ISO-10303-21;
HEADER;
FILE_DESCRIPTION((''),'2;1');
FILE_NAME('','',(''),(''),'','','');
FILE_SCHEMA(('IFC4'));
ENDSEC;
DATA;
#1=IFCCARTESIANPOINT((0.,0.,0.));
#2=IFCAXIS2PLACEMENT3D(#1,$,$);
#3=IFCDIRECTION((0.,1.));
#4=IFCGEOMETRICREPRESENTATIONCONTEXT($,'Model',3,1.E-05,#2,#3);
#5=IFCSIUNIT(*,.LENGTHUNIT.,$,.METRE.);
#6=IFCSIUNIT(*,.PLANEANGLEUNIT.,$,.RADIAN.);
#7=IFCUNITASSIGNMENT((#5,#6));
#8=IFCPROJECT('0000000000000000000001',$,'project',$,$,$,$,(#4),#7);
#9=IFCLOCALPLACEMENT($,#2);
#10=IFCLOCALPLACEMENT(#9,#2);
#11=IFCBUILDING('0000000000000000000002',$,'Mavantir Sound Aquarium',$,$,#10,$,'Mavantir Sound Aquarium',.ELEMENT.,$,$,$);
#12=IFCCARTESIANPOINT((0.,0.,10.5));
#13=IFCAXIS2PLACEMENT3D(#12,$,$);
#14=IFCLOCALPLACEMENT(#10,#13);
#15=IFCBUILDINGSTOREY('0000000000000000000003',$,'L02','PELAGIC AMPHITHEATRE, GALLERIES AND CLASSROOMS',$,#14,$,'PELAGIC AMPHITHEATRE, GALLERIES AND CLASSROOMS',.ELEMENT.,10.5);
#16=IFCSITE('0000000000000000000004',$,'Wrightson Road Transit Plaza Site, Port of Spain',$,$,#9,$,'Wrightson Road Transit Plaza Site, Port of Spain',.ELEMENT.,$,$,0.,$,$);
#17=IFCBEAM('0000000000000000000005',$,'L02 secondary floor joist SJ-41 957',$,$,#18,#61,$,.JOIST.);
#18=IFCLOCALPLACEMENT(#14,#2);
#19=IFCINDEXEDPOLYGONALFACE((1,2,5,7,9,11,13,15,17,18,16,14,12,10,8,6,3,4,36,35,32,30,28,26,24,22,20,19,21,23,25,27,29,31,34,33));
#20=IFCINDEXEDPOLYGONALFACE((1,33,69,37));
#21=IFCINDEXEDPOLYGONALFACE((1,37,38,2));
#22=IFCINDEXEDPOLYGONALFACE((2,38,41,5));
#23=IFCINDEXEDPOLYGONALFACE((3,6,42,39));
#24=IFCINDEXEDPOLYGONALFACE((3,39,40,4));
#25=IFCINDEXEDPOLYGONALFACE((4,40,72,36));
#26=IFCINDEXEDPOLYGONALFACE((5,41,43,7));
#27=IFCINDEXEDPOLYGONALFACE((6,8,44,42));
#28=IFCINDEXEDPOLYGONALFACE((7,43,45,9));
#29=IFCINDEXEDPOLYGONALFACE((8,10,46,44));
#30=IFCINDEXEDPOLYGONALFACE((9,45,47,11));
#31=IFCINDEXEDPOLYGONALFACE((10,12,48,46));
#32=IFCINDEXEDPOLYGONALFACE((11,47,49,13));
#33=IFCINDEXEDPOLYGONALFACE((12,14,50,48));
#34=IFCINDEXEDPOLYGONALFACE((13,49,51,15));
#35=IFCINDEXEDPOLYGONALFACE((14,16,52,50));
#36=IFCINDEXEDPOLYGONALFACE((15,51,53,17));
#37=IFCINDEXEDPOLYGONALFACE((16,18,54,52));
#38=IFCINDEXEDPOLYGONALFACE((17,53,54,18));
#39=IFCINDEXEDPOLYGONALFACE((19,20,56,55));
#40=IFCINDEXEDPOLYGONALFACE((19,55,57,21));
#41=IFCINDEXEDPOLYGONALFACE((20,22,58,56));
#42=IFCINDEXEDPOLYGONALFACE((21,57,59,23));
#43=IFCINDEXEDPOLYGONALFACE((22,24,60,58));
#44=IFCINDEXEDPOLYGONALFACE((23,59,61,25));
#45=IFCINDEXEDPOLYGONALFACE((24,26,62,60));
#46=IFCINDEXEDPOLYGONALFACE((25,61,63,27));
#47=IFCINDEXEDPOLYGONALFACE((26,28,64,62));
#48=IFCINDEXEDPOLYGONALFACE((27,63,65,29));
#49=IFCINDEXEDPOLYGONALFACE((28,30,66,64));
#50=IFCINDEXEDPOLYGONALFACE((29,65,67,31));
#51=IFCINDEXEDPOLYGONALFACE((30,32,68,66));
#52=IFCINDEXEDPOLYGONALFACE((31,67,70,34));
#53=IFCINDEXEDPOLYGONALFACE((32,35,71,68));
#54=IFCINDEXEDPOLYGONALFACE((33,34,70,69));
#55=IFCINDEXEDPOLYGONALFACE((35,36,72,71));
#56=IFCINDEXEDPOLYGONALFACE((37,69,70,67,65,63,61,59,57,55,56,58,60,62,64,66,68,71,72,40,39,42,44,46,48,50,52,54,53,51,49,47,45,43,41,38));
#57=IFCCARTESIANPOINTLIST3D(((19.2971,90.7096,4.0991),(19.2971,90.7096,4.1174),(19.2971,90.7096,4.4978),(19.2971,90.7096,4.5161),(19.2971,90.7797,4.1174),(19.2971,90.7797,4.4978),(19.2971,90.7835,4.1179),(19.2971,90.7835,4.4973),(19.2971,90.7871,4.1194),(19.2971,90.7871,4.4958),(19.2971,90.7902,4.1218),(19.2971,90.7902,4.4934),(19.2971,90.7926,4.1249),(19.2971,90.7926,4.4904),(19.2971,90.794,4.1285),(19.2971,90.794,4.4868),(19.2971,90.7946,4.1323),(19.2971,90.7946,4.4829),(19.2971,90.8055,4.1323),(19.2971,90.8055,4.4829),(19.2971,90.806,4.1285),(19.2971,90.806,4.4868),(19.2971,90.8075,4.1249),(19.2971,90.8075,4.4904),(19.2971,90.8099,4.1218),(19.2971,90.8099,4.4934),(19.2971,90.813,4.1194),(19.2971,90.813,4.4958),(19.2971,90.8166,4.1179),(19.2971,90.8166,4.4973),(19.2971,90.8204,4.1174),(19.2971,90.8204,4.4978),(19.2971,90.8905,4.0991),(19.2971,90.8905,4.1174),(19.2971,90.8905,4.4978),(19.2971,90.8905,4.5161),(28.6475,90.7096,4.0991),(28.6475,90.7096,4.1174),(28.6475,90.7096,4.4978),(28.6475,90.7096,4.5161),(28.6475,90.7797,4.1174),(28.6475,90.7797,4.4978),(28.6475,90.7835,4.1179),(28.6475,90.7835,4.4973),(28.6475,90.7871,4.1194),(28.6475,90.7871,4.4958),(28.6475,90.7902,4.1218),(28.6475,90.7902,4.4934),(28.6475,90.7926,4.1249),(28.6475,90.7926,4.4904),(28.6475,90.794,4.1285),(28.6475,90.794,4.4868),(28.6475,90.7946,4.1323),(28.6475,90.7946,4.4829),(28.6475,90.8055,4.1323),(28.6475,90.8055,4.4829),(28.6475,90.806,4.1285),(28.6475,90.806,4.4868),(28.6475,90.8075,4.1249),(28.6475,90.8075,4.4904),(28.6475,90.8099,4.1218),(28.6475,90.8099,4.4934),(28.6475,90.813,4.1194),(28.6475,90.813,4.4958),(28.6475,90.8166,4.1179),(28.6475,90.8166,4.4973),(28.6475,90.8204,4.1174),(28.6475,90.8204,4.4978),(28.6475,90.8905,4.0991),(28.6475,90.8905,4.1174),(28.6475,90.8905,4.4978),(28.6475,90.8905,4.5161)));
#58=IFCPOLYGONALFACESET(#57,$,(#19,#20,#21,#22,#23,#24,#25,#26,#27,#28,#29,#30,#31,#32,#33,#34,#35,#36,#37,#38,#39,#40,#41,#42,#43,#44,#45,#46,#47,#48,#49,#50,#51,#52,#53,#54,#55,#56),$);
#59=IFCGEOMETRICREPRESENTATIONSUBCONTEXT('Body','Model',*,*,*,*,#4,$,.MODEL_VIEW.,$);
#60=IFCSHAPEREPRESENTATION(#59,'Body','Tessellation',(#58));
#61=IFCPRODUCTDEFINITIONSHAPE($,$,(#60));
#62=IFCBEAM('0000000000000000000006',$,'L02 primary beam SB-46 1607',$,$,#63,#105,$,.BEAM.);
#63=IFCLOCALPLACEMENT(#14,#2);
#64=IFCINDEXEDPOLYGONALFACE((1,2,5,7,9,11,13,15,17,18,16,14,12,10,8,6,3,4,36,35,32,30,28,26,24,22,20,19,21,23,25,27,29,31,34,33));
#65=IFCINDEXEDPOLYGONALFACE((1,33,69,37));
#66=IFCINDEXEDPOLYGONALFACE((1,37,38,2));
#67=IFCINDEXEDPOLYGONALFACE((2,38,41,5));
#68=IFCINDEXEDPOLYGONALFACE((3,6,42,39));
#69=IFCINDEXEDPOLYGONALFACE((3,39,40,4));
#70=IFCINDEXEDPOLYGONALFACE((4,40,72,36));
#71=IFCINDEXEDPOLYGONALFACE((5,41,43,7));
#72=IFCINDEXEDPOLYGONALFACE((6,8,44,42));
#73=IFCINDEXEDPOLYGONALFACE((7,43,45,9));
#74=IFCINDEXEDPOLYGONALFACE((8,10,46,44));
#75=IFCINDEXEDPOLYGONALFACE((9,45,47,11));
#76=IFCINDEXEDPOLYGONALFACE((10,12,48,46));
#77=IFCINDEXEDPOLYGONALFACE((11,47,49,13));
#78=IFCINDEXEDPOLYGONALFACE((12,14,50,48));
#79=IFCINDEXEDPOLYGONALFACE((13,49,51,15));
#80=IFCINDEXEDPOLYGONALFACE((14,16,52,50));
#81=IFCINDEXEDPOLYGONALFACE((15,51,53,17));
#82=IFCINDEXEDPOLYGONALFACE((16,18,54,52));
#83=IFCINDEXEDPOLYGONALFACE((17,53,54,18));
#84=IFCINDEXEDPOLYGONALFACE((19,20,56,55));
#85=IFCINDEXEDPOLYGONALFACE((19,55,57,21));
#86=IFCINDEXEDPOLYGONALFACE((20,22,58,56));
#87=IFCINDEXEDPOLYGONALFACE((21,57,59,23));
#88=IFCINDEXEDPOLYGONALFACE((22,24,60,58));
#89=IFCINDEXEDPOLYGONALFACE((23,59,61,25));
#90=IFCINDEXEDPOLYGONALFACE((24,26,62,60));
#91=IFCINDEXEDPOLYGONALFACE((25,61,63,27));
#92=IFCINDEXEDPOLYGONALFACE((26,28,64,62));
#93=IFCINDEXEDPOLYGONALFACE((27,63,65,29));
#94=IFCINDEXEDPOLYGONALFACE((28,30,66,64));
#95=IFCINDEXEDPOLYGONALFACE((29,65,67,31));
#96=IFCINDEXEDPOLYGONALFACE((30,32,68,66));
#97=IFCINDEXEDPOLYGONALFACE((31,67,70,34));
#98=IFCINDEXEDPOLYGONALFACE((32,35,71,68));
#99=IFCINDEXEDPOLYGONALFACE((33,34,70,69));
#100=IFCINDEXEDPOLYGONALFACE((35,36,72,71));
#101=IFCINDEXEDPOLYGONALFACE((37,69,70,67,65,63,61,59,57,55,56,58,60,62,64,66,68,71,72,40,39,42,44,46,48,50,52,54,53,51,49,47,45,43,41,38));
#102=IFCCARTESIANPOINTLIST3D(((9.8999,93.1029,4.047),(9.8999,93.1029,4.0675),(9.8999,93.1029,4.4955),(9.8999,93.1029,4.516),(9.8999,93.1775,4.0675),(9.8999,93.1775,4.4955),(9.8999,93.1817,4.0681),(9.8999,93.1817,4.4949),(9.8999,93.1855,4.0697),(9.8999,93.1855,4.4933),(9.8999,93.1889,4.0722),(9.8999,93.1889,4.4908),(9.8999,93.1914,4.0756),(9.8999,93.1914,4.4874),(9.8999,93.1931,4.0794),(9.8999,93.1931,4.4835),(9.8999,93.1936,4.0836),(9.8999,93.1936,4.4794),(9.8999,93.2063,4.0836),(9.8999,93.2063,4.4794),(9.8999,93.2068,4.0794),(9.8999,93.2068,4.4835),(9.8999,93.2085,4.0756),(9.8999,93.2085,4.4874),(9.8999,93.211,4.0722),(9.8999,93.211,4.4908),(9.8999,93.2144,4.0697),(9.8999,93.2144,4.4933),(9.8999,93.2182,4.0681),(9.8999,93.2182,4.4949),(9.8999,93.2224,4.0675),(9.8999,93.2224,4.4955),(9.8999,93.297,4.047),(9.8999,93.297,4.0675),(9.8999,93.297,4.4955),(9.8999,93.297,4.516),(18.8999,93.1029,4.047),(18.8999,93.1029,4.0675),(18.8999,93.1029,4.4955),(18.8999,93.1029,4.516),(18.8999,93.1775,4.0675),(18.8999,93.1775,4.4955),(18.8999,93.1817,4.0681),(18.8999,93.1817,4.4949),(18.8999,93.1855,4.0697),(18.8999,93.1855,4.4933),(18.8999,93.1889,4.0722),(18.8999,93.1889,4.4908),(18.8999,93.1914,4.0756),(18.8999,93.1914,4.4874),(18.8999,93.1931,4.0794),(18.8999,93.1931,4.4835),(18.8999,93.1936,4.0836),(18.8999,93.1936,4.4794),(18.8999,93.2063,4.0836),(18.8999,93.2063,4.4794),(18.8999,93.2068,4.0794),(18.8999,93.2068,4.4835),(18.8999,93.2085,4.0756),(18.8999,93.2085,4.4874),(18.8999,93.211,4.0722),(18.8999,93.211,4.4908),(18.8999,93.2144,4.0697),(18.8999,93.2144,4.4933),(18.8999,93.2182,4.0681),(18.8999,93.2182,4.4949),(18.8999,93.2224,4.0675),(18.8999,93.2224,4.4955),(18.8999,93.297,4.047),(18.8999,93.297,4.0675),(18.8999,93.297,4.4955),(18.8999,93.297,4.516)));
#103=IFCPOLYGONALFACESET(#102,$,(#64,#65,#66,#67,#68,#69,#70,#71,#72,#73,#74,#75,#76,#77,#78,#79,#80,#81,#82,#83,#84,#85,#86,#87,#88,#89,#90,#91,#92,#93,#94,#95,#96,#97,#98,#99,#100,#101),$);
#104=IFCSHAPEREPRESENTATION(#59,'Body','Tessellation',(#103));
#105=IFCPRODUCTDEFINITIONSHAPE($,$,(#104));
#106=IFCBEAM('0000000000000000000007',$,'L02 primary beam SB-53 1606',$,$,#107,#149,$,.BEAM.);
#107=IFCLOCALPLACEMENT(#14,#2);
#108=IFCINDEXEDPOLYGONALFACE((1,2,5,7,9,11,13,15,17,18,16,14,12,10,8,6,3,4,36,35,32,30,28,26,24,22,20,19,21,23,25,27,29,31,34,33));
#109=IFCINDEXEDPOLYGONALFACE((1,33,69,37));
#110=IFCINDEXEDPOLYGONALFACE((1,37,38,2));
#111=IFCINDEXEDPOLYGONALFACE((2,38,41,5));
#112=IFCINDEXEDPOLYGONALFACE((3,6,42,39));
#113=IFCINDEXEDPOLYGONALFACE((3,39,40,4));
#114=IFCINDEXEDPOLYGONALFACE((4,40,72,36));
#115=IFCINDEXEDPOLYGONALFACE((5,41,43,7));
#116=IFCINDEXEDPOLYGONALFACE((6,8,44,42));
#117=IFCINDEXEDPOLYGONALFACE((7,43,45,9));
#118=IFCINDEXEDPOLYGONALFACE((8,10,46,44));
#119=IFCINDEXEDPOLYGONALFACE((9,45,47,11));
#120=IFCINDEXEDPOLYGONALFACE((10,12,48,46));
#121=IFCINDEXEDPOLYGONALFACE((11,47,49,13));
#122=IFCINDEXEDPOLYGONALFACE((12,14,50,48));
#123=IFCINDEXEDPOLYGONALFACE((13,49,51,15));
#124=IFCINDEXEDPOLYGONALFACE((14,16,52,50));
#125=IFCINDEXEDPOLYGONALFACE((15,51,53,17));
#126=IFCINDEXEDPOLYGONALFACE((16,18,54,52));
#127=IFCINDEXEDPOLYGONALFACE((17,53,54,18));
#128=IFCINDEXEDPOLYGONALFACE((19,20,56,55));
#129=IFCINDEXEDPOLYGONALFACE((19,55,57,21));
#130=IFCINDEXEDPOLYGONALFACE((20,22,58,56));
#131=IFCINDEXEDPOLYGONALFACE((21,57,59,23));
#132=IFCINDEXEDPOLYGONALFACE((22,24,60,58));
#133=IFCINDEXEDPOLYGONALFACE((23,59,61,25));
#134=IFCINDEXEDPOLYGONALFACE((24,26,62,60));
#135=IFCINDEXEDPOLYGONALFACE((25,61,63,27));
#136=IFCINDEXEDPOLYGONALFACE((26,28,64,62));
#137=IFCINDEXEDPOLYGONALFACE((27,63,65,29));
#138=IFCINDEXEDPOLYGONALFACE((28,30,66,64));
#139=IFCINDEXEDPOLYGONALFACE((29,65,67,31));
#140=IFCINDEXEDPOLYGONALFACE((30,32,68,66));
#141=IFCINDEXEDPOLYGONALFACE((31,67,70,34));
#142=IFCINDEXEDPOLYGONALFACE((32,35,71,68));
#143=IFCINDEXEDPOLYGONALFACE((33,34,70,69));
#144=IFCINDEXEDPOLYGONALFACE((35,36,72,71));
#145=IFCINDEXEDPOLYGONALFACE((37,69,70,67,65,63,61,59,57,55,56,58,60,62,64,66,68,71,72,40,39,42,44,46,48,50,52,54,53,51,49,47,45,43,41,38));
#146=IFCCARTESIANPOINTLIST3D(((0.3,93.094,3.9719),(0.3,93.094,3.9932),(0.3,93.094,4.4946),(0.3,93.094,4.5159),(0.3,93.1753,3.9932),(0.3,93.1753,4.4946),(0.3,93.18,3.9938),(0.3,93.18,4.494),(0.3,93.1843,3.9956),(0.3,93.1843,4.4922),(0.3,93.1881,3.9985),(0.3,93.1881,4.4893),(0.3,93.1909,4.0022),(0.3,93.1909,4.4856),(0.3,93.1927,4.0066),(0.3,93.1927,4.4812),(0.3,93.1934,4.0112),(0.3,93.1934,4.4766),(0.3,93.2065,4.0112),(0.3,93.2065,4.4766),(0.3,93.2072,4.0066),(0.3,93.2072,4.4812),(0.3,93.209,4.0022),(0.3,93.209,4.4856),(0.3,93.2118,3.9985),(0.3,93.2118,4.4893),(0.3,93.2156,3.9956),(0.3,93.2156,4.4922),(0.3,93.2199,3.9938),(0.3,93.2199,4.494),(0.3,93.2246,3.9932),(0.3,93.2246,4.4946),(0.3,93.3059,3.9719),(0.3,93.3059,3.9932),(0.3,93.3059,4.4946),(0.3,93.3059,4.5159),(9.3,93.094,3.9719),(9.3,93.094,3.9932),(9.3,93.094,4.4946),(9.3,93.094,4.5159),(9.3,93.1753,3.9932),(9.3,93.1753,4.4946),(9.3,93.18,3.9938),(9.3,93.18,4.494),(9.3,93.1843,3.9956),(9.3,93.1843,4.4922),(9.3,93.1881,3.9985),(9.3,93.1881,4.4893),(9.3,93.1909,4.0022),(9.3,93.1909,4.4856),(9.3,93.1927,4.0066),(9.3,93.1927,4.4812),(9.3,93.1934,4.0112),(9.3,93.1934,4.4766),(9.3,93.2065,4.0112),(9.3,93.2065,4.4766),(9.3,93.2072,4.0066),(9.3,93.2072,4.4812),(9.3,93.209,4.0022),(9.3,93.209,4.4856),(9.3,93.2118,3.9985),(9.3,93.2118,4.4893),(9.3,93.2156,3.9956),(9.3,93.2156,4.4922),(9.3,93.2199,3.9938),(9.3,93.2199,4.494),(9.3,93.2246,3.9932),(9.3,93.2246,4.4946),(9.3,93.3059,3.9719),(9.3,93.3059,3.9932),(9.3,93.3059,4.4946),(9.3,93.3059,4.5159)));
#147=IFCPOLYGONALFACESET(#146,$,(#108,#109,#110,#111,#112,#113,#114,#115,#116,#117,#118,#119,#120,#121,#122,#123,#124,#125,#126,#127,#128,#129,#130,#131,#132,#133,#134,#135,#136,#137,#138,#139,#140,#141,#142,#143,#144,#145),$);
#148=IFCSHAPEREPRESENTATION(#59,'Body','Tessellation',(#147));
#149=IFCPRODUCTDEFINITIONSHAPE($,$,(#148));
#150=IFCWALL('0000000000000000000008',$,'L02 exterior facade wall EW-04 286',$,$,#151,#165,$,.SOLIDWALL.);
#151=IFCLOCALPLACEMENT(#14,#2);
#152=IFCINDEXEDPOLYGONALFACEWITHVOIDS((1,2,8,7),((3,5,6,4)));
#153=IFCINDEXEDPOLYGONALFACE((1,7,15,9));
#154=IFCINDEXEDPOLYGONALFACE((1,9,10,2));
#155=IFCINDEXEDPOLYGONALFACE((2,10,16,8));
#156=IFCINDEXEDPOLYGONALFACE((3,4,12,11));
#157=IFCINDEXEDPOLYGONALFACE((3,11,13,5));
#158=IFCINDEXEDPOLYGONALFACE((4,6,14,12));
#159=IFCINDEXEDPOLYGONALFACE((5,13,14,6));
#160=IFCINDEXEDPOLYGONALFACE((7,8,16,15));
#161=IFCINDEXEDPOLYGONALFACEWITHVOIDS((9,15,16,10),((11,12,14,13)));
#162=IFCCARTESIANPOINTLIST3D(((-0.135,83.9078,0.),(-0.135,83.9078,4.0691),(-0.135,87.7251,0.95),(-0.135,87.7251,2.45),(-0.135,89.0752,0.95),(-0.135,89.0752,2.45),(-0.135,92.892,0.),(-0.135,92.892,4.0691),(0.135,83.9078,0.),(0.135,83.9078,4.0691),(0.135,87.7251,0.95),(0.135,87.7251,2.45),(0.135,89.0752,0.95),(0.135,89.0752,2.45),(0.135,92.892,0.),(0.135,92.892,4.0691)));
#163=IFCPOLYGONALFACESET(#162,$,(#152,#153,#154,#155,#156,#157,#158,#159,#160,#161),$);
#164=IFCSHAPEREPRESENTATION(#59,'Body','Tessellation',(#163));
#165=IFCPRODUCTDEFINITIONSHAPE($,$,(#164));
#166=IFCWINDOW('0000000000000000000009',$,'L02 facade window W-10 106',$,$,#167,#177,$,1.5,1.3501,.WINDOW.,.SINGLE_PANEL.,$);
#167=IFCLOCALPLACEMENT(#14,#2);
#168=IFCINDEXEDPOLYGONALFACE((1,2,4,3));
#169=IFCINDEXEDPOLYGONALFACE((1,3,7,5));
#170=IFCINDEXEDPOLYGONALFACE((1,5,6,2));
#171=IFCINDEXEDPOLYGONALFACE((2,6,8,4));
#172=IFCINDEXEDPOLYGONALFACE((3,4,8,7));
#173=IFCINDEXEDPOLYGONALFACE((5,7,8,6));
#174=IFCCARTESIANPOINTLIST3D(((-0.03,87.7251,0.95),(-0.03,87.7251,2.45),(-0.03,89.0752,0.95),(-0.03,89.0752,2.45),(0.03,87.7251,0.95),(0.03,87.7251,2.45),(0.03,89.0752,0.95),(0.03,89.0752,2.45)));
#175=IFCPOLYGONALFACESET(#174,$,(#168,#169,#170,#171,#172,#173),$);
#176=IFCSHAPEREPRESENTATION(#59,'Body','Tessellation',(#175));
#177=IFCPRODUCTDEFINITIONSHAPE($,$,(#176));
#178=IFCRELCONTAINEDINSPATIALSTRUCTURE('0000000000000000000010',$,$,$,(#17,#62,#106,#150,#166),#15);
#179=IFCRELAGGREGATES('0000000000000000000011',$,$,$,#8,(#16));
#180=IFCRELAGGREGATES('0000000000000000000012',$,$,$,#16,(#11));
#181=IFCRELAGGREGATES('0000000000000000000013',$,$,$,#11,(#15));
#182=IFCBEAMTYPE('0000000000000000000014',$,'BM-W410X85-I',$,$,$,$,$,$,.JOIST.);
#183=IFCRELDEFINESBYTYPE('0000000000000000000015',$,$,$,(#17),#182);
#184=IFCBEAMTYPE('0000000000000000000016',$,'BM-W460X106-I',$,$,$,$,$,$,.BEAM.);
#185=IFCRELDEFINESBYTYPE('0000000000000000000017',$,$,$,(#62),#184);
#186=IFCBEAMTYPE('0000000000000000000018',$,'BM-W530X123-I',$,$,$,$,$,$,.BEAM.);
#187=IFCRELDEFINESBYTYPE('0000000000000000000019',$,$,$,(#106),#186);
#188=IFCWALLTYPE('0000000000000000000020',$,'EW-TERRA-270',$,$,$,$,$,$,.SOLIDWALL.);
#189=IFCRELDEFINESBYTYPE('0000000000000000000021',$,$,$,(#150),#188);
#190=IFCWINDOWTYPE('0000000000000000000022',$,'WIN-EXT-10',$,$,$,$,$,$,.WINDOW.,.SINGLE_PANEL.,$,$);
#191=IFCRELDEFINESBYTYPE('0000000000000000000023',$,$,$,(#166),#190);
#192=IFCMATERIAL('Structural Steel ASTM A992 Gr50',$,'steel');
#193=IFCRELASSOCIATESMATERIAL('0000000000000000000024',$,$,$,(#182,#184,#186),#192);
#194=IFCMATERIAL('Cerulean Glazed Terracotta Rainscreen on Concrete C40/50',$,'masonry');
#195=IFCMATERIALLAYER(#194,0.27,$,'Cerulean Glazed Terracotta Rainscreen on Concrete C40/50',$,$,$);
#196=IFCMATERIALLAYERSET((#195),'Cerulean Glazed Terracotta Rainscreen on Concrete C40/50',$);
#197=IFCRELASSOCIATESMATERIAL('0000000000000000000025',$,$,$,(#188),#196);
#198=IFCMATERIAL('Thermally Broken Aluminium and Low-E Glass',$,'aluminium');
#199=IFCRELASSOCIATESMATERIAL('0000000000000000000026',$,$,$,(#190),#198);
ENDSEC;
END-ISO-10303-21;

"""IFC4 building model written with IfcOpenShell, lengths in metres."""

from ifc_helpers import new_model, si_unit, direction, frame, frame_2d, origin, origin_2d, place, context, subcontext, project, spatial, rectangle, i_section, extrude, material, layer, layer_set, material_profile, profile_set, type_object, element, fill, save


model = new_model("IFC4")

# Units and contexts
model_context = context("Model", 3, precision=1e-05, world=origin(), true_north=direction((0.0, 1.0)))
body_context = subcontext(model_context, "Body", "Model", "MODEL_VIEW")
ifc_project = project(units=[si_unit("LENGTHUNIT", "METRE"), si_unit("PLANEANGLEUNIT", "RADIAN")], contexts=[model_context])

# Site, building, storey
site_placement = place(None, origin())
site = spatial("IfcSite", under=ifc_project, at=site_placement, Name="Wrightson Road Transit Plaza Site, Port of Spain", LongName="Wrightson Road Transit Plaza Site, Port of Spain", CompositionType="ELEMENT", RefElevation=0.0)
building_placement = place(site_placement, origin())
building = spatial("IfcBuilding", under=site, at=building_placement, Name="Mavantir Sound Aquarium", LongName="Mavantir Sound Aquarium", CompositionType="ELEMENT")
storey_placement = place(building_placement, frame((0.0, 0.0, 10.5)))
storey = spatial("IfcBuildingStorey", under=building, at=storey_placement, Name="L02", Description="PELAGIC AMPHITHEATRE, GALLERIES AND CLASSROOMS", LongName="PELAGIC AMPHITHEATRE, GALLERIES AND CLASSROOMS", CompositionType="ELEMENT", Elevation=10.5)

# Beams
ifc_material_1 = material(Name="Structural Steel ASTM A992 Gr50", Category="steel")
ifc_material_profile_1 = material_profile(ifc_material_1, i_section(OverallWidth=0.1809, OverallDepth=0.417, WebThickness=0.011, FlangeThickness=0.0183, FilletRadius=0.0149, at=origin_2d()), Name="W410X85")
ifc_profile_set_1 = profile_set([ifc_material_profile_1], Name="Structural Steel ASTM A992 Gr50")
beam_type_1 = type_object("IfcBeamType", Name="BM-W410X85-I", PredefinedType="JOIST", material=ifc_profile_set_1)
beam_1_placement = place(storey_placement, frame((19.2971, 90.8, 4.3076), z_axis=(1.0, 0.0, 0.0), x_axis=(0.0, 1.0, 0.0)))
element("IfcBeam", 1, at=beam_1_placement, inside=storey, type_object=beam_type_1, Name="L02 secondary floor joist SJ-41 957", PredefinedType="JOIST", context=body_context, shape_type="SweptSolid", body=[
    extrude(i_section(OverallWidth=0.1809, OverallDepth=0.417, WebThickness=0.011, FlangeThickness=0.0183, FilletRadius=0.0149, at=origin_2d()), origin(), (0.0, 0.0, 1.0), 9.3503),
])
ifc_material_profile_2 = material_profile(ifc_material_1, i_section(OverallWidth=0.1941, OverallDepth=0.469, WebThickness=0.0127, FlangeThickness=0.0205, FilletRadius=0.0161, at=origin_2d()), Name="W460X106")
ifc_profile_set_2 = profile_set([ifc_material_profile_2], Name="Structural Steel ASTM A992 Gr50")
beam_type_2 = type_object("IfcBeamType", Name="BM-W460X106-I", PredefinedType="BEAM", material=ifc_profile_set_2)
beam_2_placement = place(storey_placement, frame((9.8999, 93.2, 4.2815), z_axis=(1.0, 0.0, 0.0), x_axis=(0.0, 1.0, 0.0)))
element("IfcBeam", 2, at=beam_2_placement, inside=storey, type_object=beam_type_2, Name="L02 primary beam SB-46 1607", PredefinedType="BEAM", context=body_context, shape_type="SweptSolid", body=[
    extrude(i_section(OverallWidth=0.1941, OverallDepth=0.469, WebThickness=0.0127, FlangeThickness=0.0205, FilletRadius=0.0161, at=origin_2d()), origin(), (0.0, 0.0, 1.0), 9.0),
])
ifc_material_profile_3 = material_profile(ifc_material_1, i_section(OverallWidth=0.2119, OverallDepth=0.5439, WebThickness=0.0132, FlangeThickness=0.0212, FilletRadius=0.0181, at=origin_2d()), Name="W530X123")
ifc_profile_set_3 = profile_set([ifc_material_profile_3], Name="Structural Steel ASTM A992 Gr50")
beam_type_3 = type_object("IfcBeamType", Name="BM-W530X123-I", PredefinedType="BEAM", material=ifc_profile_set_3)
beam_3_placement = place(storey_placement, frame((0.3, 93.2, 4.2439), z_axis=(1.0, 0.0, 0.0), x_axis=(0.0, 1.0, 0.0)))
element("IfcBeam", 3, at=beam_3_placement, inside=storey, type_object=beam_type_3, Name="L02 primary beam SB-53 1606", PredefinedType="BEAM", context=body_context, shape_type="SweptSolid", body=[
    extrude(i_section(OverallWidth=0.2119, OverallDepth=0.5439, WebThickness=0.0132, FlangeThickness=0.0212, FilletRadius=0.0181, at=origin_2d()), origin(), (0.0, 0.0, 1.0), 9.0),
])

# Wall, opening, window
ifc_material_2 = material(Name="Cerulean Glazed Terracotta Rainscreen on Concrete C40/50", Category="masonry")
ifc_layer_1 = layer(ifc_material_2, 0.27, Name="Cerulean Glazed Terracotta Rainscreen on Concrete C40/50")
ifc_layer_set_1 = layer_set([ifc_layer_1], Name="Cerulean Glazed Terracotta Rainscreen on Concrete C40/50")
wall_type_1 = type_object("IfcWallType", Name="EW-TERRA-270", PredefinedType="SOLIDWALL", material=ifc_layer_set_1)
wall_1_placement = place(storey_placement, frame((0.0, 92.8921, 0.0), z_axis=(0.0, 0.0, 1.0), x_axis=(0.0, -1.0, 0.0)))
wall_1 = element("IfcWall", 4, at=wall_1_placement, inside=storey, type_object=wall_type_1, Name="L02 exterior facade wall EW-04 286", PredefinedType="SOLIDWALL", context=body_context, shape_type="SweptSolid", body=[
    extrude(rectangle(XDim=8.9841, YDim=0.27, at=frame_2d((4.4922, 0.0))), origin(), (0.0, 0.0, 1.0), 4.0691),
])
opening_1_placement = place(wall_1_placement, frame((3.8169, 0.0, 0.95)))
opening_1 = element("IfcOpeningElement", 5, at=opening_1_placement, cuts=wall_1, PredefinedType="OPENING", context=body_context, shape_type="SweptSolid", body=[
    extrude(rectangle(XDim=1.3501, YDim=1.5, at=frame_2d((0.675, 0.75))), frame((0.0, 0.145, 0.0), z_axis=(0.0, -1.0, 0.0), x_axis=(1.0, 0.0, 0.0)), (0.0, 0.0, 1.0), 0.29),
])
ifc_material_3 = material(Name="Thermally Broken Aluminium and Low-E Glass", Category="aluminium")
window_type = type_object("IfcWindowType", Name="WIN-EXT-10", PartitioningType="SINGLE_PANEL", PredefinedType="WINDOW", material=ifc_material_3)
window_placement = place(opening_1_placement, origin())
window = element("IfcWindow", 6, at=window_placement, inside=storey, type_object=window_type, Name="L02 facade window W-10 106", OverallHeight=1.5, OverallWidth=1.3501, PartitioningType="SINGLE_PANEL", PredefinedType="WINDOW", context=body_context, shape_type="SweptSolid", body=[
    extrude(rectangle(XDim=1.3501, YDim=1.5, at=frame_2d((0.675, 0.75))), frame((0.0, 0.03, 0.0), z_axis=(0.0, -1.0, 0.0), x_axis=(1.0, 0.0, 0.0)), (0.0, 0.0, 1.0), 0.0601),
])
fill(opening_1, window)

save(model, "model.ifc")
